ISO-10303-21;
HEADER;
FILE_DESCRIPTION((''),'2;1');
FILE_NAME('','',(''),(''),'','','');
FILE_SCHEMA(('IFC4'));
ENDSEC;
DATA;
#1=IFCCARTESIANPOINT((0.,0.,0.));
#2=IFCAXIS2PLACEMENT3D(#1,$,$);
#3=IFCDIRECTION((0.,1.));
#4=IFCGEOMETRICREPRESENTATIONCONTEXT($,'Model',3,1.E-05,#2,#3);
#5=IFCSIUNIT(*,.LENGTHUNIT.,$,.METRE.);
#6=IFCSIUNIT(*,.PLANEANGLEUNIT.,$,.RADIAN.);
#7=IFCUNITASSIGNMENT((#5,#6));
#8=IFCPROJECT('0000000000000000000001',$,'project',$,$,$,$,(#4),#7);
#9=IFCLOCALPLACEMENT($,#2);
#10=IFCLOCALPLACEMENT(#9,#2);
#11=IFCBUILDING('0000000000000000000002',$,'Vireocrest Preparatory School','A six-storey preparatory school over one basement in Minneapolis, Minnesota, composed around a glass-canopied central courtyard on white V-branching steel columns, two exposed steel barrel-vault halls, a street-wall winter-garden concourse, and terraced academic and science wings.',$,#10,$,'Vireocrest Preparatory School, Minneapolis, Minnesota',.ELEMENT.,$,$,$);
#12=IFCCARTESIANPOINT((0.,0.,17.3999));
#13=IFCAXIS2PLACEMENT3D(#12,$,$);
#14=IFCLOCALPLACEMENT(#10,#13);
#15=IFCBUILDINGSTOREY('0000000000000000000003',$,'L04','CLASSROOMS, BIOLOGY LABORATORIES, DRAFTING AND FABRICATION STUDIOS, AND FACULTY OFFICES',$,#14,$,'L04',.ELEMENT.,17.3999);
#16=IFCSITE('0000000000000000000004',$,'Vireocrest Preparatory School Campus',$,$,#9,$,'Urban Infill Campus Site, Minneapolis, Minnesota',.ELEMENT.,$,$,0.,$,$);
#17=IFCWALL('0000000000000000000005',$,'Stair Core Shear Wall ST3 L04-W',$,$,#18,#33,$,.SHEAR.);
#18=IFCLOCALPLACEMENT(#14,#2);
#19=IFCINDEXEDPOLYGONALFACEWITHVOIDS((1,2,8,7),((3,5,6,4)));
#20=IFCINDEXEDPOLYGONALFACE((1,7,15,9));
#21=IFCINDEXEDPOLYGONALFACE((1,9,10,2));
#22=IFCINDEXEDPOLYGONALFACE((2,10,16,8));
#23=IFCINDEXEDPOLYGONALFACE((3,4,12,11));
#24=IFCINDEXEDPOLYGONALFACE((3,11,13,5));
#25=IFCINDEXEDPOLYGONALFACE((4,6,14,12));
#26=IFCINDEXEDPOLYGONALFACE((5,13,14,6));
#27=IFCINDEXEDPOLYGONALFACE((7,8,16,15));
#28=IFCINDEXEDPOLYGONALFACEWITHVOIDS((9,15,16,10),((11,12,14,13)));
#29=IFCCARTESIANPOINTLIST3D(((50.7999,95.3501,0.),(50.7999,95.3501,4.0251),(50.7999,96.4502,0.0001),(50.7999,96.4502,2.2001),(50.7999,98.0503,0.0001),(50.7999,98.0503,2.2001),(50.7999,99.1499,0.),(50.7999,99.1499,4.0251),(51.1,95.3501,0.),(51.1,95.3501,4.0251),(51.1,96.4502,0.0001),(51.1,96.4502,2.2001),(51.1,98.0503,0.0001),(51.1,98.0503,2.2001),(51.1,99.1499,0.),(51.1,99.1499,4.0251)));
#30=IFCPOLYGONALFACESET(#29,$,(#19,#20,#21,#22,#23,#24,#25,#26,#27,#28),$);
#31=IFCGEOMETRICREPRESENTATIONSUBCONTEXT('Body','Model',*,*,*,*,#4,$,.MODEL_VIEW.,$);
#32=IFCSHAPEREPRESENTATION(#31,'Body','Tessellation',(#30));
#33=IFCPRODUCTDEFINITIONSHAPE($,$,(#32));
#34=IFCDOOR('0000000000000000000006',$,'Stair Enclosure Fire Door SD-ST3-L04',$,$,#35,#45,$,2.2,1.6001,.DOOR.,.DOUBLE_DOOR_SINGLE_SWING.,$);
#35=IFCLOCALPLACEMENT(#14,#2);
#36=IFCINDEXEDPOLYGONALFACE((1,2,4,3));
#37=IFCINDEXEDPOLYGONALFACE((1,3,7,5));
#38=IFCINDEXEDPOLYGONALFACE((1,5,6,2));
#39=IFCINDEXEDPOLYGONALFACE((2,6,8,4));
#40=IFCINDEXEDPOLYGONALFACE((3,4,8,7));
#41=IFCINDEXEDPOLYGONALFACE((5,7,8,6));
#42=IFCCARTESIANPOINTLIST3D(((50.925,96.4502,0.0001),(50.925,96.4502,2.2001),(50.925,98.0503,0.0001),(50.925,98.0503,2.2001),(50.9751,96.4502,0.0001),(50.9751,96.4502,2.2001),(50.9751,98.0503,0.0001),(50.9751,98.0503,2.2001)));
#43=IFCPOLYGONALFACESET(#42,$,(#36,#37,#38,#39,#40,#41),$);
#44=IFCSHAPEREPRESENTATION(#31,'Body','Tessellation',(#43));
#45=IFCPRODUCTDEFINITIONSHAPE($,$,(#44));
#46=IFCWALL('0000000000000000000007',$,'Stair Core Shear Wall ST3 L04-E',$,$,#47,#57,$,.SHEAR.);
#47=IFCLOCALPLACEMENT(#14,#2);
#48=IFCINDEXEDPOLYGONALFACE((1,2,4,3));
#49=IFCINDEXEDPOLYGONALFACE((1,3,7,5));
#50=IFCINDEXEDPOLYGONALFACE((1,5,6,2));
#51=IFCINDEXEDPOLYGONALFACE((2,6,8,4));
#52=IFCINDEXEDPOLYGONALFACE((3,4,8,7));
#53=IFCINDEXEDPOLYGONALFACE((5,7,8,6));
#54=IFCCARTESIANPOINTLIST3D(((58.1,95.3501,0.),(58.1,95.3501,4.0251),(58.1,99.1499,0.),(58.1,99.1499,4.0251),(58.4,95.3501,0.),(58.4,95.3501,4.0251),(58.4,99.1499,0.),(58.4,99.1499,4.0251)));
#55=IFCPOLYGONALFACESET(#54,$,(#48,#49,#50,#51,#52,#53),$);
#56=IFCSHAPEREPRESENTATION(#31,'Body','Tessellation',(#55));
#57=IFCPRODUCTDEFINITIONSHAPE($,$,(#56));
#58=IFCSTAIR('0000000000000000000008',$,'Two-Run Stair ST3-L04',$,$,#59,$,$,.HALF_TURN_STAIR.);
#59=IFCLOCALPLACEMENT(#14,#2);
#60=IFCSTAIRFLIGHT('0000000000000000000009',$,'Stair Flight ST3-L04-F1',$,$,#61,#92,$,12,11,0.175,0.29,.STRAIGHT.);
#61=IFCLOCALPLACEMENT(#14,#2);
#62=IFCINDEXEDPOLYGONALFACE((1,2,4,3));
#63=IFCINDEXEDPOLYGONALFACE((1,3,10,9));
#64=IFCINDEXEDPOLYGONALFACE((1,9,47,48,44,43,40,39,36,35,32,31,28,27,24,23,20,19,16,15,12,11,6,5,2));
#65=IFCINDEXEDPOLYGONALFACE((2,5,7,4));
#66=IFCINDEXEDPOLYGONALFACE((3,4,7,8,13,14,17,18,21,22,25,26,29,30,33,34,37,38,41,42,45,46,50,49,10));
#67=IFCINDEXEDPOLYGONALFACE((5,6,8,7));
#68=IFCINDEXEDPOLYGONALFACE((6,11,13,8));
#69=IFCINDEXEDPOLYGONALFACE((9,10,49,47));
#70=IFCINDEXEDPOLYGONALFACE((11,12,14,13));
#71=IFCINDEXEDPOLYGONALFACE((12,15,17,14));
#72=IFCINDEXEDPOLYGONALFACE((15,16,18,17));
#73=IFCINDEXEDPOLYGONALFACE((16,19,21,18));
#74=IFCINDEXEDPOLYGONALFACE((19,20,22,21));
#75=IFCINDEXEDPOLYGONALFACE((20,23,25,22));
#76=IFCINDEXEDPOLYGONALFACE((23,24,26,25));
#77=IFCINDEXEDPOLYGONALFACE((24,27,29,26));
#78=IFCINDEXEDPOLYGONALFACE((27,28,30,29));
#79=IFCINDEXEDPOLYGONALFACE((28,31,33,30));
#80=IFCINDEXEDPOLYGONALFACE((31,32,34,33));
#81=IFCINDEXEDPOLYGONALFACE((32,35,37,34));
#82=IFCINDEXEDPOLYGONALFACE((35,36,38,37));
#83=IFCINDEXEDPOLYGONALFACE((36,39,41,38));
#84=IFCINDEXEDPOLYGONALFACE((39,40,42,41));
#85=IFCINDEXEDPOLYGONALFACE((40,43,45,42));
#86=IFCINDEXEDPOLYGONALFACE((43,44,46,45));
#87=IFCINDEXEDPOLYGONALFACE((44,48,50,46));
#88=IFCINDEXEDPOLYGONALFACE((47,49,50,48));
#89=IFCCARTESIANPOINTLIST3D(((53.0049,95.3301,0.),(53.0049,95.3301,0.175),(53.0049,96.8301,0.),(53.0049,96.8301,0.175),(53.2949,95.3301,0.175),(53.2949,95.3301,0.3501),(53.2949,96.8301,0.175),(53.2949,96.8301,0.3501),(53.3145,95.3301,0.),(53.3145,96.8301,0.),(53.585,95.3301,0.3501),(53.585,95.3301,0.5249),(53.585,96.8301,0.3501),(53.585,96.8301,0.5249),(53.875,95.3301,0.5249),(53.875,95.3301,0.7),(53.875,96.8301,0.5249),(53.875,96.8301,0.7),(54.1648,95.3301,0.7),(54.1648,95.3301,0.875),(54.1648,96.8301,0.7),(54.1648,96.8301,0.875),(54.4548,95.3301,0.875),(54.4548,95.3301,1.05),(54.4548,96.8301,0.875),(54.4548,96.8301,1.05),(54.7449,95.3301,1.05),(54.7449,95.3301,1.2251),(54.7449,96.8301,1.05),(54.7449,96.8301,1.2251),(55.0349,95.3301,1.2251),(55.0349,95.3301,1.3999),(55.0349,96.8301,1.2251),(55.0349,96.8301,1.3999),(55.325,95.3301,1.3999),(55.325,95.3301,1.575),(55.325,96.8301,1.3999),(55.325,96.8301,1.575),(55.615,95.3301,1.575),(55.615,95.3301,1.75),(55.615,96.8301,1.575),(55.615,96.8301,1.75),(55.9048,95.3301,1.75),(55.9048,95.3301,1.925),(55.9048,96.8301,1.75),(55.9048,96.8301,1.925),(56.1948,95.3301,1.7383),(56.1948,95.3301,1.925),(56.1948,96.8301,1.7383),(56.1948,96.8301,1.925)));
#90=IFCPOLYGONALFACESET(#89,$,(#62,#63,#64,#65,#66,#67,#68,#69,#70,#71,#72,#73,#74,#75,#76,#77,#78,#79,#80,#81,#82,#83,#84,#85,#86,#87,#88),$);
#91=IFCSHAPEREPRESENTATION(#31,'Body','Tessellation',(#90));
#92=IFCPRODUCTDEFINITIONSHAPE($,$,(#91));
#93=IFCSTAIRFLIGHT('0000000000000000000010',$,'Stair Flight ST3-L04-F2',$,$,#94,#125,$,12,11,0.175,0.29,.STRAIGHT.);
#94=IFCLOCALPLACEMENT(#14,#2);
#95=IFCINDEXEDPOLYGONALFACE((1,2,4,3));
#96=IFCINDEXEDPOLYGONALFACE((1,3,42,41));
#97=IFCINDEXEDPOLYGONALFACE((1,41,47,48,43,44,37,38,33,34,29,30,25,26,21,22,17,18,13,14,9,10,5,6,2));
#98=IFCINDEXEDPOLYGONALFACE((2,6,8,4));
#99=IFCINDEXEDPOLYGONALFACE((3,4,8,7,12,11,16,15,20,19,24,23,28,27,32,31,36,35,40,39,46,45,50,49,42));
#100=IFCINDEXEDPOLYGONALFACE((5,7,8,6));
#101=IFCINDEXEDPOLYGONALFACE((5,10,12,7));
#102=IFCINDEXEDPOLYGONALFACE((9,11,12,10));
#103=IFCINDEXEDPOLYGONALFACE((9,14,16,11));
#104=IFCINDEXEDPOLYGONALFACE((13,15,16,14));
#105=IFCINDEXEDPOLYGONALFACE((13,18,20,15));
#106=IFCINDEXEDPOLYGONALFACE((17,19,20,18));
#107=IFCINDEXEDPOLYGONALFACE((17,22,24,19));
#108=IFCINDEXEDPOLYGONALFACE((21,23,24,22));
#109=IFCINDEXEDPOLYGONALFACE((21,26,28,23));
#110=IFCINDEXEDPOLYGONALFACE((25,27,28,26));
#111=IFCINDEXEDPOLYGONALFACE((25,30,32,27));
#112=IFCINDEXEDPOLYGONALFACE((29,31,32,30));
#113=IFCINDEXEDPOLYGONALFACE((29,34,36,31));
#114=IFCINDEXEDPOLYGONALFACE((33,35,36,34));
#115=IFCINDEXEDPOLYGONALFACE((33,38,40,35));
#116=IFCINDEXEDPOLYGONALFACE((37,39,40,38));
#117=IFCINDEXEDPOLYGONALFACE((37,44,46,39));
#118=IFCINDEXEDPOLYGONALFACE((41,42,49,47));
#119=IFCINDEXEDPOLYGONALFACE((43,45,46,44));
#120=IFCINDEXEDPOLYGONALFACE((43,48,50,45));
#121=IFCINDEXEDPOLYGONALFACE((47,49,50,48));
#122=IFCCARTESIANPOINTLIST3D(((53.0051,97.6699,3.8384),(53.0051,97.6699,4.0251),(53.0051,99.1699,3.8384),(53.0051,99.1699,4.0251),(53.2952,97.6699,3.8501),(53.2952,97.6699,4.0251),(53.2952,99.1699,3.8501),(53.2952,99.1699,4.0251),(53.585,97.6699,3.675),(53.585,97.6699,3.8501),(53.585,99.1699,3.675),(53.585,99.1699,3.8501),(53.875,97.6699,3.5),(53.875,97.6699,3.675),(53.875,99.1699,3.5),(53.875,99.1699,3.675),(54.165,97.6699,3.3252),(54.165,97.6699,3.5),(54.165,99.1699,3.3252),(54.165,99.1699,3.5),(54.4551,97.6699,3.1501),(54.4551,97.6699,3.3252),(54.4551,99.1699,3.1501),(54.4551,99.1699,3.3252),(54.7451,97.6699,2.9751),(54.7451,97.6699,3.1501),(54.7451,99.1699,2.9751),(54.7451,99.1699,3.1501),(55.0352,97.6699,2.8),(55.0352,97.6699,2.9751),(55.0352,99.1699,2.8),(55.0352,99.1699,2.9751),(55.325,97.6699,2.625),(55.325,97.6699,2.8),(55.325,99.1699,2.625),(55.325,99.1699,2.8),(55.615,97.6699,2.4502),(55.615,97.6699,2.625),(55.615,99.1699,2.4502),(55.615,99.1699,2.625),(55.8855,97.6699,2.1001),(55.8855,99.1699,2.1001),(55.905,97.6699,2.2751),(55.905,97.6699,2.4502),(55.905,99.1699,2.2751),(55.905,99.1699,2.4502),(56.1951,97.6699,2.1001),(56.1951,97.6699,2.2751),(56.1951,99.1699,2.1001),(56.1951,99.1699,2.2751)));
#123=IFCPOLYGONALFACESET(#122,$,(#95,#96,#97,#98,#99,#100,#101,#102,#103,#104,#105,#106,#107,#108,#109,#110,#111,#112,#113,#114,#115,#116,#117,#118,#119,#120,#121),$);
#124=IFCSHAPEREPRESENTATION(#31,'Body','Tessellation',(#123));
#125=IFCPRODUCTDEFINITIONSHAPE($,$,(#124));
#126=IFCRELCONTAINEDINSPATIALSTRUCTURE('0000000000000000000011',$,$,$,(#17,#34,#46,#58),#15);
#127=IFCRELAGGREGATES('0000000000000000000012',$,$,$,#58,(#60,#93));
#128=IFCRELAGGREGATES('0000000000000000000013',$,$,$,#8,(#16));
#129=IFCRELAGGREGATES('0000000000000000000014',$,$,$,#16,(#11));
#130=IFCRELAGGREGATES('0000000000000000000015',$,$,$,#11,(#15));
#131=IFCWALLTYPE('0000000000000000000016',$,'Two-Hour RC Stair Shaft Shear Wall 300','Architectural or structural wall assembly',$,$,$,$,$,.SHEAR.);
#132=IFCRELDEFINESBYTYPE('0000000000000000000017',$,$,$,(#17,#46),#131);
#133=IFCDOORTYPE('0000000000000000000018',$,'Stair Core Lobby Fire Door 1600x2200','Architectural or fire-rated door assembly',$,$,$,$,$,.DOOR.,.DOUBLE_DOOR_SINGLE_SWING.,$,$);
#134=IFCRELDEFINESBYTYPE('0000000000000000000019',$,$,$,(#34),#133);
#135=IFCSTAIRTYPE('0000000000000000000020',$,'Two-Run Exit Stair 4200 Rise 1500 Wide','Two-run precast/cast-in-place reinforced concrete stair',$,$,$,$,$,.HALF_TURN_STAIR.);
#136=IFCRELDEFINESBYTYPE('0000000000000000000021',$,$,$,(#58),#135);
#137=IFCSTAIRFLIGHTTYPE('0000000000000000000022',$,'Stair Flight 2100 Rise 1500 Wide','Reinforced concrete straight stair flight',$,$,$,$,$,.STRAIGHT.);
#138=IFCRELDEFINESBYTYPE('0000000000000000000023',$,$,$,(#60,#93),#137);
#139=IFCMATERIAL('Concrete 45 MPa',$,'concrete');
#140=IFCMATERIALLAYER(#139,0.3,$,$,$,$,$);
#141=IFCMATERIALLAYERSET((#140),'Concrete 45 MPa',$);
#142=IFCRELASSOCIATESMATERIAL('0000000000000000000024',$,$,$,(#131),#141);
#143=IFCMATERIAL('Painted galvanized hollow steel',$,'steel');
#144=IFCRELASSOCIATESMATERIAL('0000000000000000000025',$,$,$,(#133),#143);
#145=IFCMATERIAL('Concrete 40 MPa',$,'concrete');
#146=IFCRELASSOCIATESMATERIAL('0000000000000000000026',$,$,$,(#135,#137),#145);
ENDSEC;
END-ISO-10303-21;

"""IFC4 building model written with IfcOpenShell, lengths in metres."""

from ifc_helpers import new_model, si_unit, direction, frame, frame_2d, origin, place, context, subcontext, project, spatial, polyline, rectangle, outline, extrude, material, layer, layer_set, type_object, element, fill, aggregate, save


model = new_model("IFC4")

# Units and contexts
model_context = context("Model", 3, precision=1e-05, world=origin(), true_north=direction((0.0, 1.0)))
body_context = subcontext(model_context, "Body", "Model", "MODEL_VIEW")
ifc_project = project(units=[si_unit("LENGTHUNIT", "METRE"), si_unit("PLANEANGLEUNIT", "RADIAN")], contexts=[model_context])

# Site, building, storey
site_placement = place(None, origin())
site = spatial("IfcSite", under=ifc_project, at=site_placement, Name="Vireocrest Preparatory School Campus", LongName="Urban Infill Campus Site, Minneapolis, Minnesota", CompositionType="ELEMENT", RefElevation=0.0)
building_placement = place(site_placement, origin())
building = spatial("IfcBuilding", under=site, at=building_placement, Name="Vireocrest Preparatory School", Description="A six-storey preparatory school over one basement in Minneapolis, Minnesota, composed around a glass-canopied central courtyard on white V-branching steel columns, two exposed steel barrel-vault halls, a street-wall winter-garden concourse, and terraced academic and science wings.", LongName="Vireocrest Preparatory School, Minneapolis, Minnesota", CompositionType="ELEMENT")
storey_placement = place(building_placement, frame((0.0, 0.0, 17.3999)))
storey = spatial("IfcBuildingStorey", under=building, at=storey_placement, Name="L04", Description="CLASSROOMS, BIOLOGY LABORATORIES, DRAFTING AND FABRICATION STUDIOS, AND FACULTY OFFICES", LongName="L04", CompositionType="ELEMENT", Elevation=17.3999)

# Shared definitions
ifc_material_1 = material(Name="Concrete 45 MPa", Category="concrete")

# Shared definitions
ifc_material_2 = material(Name="Concrete 40 MPa", Category="concrete")

# Shared definitions
ifc_material_3 = material(Name="Painted galvanized hollow steel", Category="steel")

# Shared definitions
ifc_layer_1 = layer(ifc_material_1, 0.3)
ifc_layer_set_1 = layer_set([ifc_layer_1], Name="Concrete 45 MPa")
wall_type_1 = type_object("IfcWallType", Name="Two-Hour RC Stair Shaft Shear Wall 300", Description="Architectural or structural wall assembly", PredefinedType="SHEAR", material=ifc_layer_set_1)

# Wall, opening, door
wall_1_placement = place(storey_placement, frame((50.95, 95.3501, 0.0), z_axis=(0.0, 0.0, 1.0), x_axis=(0.0, 1.0, 0.0)))
wall_1 = element("IfcWall", 1, at=wall_1_placement, inside=storey, type_object=wall_type_1, Name="Stair Core Shear Wall ST3 L04-W", PredefinedType="SHEAR", context=body_context, shape_type="SweptSolid", body=[
    extrude(rectangle(XDim=3.7998, YDim=0.3, at=frame_2d((1.8999, 0.0))), origin(), (0.0, 0.0, 1.0), 4.0251),
])
opening_1_placement = place(wall_1_placement, frame((1.1001, 0.0, 0.0)))
opening_1 = element("IfcOpeningElement", 2, at=opening_1_placement, cuts=wall_1, PredefinedType="OPENING", context=body_context, shape_type="SweptSolid", body=[
    extrude(rectangle(XDim=1.6001, YDim=2.2, at=frame_2d((0.8, 1.1001))), frame((0.0, 0.1599, 0.0), z_axis=(0.0, -1.0, 0.0), x_axis=(1.0, 0.0, 0.0)), (0.0, 0.0, 1.0), 0.3201),
])
door_type_1 = type_object("IfcDoorType", Name="Stair Core Lobby Fire Door 1600x2200", Description="Architectural or fire-rated door assembly", OperationType="DOUBLE_DOOR_SINGLE_SWING", PredefinedType="DOOR", material=ifc_material_3)
door_1_placement = place(opening_1_placement, origin())
door_1 = element("IfcDoor", 3, at=door_1_placement, inside=storey, type_object=door_type_1, Name="Stair Enclosure Fire Door SD-ST3-L04", OperationType="DOUBLE_DOOR_SINGLE_SWING", OverallHeight=2.2, OverallWidth=1.6001, PredefinedType="DOOR", context=body_context, shape_type="SweptSolid", body=[
    extrude(rectangle(XDim=1.6001, YDim=2.2, at=frame_2d((0.8, 1.1001))), frame((0.0, 0.0249, 0.0), z_axis=(0.0, -1.0, 0.0), x_axis=(1.0, 0.0, 0.0)), (0.0, 0.0, 1.0), 0.05),
])
fill(opening_1, door_1)

# Wall
wall_2_placement = place(storey_placement, frame((58.25, 95.3501, 0.0), z_axis=(0.0, 0.0, 1.0), x_axis=(0.0, 1.0, 0.0)))
element("IfcWall", 4, at=wall_2_placement, inside=storey, type_object=wall_type_1, Name="Stair Core Shear Wall ST3 L04-E", PredefinedType="SHEAR", context=body_context, shape_type="SweptSolid", body=[
    extrude(rectangle(XDim=3.7998, YDim=0.3, at=frame_2d((1.8999, 0.0))), origin(), (0.0, 0.0, 1.0), 4.0251),
])

# Stair, stair flights
stair_type = type_object("IfcStairType", Name="Two-Run Exit Stair 4200 Rise 1500 Wide", Description="Two-run precast/cast-in-place reinforced concrete stair", PredefinedType="HALF_TURN_STAIR", material=ifc_material_2)
stair_placement = place(storey_placement, origin())
stair = element("IfcStair", 5, at=stair_placement, inside=storey, type_object=stair_type, Name="Two-Run Stair ST3-L04", PredefinedType="HALF_TURN_STAIR")
stair_flight_type = type_object("IfcStairFlightType", Name="Stair Flight 2100 Rise 1500 Wide", Description="Reinforced concrete straight stair flight", PredefinedType="STRAIGHT", material=ifc_material_2)
stair_flight_1_placement = place(storey_placement, frame((53.0049, 96.0801, 0.0), z_axis=(0.0, 0.0, 1.0), x_axis=(1.0, 0.0, 0.0)))
stair_flight_1 = element("IfcStairFlight", 6, at=stair_flight_1_placement, type_object=stair_flight_type, Name="Stair Flight ST3-L04-F1", NumberOfRisers=12, NumberOfTreads=11, PredefinedType="STRAIGHT", RiserHeight=0.175, TreadLength=0.29, context=body_context, shape_type="SweptSolid", body=[
    extrude(outline(polyline([(0.0, 0.0), (0.0, 0.175), (0.29, 0.175), (0.29, 0.3501), (0.5801, 0.3501), (0.5801, 0.5249), (0.8701, 0.5249), (0.8701, 0.7), (1.1599, 0.7), (1.1599, 0.875), (1.45, 0.875), (1.45, 1.05), (1.74, 1.05), (1.74, 1.2251), (2.03, 1.2251), (2.03, 1.3999), (2.3201, 1.3999), (2.3201, 1.575), (2.6101, 1.575), (2.6101, 1.75), (2.8999, 1.75), (2.8999, 1.925), (3.1899, 1.925), (3.1899, 2.1001), (3.1899, 1.7383), (0.3096, 0.0), (0.0, 0.0)])), frame((0.0, 0.75, 0.0), z_axis=(0.0, -1.0, 0.0), x_axis=(1.0, 0.0, 0.0)), (0.0, 0.0, 1.0), 1.5),
])
stair_flight_2_placement = place(storey_placement, frame((56.1951, 98.4199, 2.1001), z_axis=(0.0, 0.0, 1.0), x_axis=(-1.0, 0.0, 0.0)))
stair_flight_2 = element("IfcStairFlight", 7, at=stair_flight_2_placement, type_object=stair_flight_type, Name="Stair Flight ST3-L04-F2", NumberOfRisers=12, NumberOfTreads=11, PredefinedType="STRAIGHT", RiserHeight=0.175, TreadLength=0.29, context=body_context, shape_type="SweptSolid", body=[
    extrude(outline(polyline([(0.0, 0.0), (0.0, 0.175), (0.29, 0.175), (0.29, 0.3501), (0.5801, 0.3501), (0.5801, 0.5249), (0.8701, 0.5249), (0.8701, 0.7), (1.1599, 0.7), (1.1599, 0.875), (1.45, 0.875), (1.45, 1.05), (1.74, 1.05), (1.74, 1.2251), (2.03, 1.2251), (2.03, 1.3999), (2.3201, 1.3999), (2.3201, 1.575), (2.6101, 1.575), (2.6101, 1.75), (2.8999, 1.75), (2.8999, 1.925), (3.1899, 1.925), (3.1899, 2.1001), (3.1899, 1.7383), (0.3096, 0.0), (0.0, 0.0)])), frame((0.0, 0.75, 0.0), z_axis=(0.0, -1.0, 0.0), x_axis=(1.0, 0.0, 0.0)), (0.0, 0.0, 1.0), 1.5),
])
aggregate(stair, [stair_flight_1, stair_flight_2])

save(model, "model.ifc")
